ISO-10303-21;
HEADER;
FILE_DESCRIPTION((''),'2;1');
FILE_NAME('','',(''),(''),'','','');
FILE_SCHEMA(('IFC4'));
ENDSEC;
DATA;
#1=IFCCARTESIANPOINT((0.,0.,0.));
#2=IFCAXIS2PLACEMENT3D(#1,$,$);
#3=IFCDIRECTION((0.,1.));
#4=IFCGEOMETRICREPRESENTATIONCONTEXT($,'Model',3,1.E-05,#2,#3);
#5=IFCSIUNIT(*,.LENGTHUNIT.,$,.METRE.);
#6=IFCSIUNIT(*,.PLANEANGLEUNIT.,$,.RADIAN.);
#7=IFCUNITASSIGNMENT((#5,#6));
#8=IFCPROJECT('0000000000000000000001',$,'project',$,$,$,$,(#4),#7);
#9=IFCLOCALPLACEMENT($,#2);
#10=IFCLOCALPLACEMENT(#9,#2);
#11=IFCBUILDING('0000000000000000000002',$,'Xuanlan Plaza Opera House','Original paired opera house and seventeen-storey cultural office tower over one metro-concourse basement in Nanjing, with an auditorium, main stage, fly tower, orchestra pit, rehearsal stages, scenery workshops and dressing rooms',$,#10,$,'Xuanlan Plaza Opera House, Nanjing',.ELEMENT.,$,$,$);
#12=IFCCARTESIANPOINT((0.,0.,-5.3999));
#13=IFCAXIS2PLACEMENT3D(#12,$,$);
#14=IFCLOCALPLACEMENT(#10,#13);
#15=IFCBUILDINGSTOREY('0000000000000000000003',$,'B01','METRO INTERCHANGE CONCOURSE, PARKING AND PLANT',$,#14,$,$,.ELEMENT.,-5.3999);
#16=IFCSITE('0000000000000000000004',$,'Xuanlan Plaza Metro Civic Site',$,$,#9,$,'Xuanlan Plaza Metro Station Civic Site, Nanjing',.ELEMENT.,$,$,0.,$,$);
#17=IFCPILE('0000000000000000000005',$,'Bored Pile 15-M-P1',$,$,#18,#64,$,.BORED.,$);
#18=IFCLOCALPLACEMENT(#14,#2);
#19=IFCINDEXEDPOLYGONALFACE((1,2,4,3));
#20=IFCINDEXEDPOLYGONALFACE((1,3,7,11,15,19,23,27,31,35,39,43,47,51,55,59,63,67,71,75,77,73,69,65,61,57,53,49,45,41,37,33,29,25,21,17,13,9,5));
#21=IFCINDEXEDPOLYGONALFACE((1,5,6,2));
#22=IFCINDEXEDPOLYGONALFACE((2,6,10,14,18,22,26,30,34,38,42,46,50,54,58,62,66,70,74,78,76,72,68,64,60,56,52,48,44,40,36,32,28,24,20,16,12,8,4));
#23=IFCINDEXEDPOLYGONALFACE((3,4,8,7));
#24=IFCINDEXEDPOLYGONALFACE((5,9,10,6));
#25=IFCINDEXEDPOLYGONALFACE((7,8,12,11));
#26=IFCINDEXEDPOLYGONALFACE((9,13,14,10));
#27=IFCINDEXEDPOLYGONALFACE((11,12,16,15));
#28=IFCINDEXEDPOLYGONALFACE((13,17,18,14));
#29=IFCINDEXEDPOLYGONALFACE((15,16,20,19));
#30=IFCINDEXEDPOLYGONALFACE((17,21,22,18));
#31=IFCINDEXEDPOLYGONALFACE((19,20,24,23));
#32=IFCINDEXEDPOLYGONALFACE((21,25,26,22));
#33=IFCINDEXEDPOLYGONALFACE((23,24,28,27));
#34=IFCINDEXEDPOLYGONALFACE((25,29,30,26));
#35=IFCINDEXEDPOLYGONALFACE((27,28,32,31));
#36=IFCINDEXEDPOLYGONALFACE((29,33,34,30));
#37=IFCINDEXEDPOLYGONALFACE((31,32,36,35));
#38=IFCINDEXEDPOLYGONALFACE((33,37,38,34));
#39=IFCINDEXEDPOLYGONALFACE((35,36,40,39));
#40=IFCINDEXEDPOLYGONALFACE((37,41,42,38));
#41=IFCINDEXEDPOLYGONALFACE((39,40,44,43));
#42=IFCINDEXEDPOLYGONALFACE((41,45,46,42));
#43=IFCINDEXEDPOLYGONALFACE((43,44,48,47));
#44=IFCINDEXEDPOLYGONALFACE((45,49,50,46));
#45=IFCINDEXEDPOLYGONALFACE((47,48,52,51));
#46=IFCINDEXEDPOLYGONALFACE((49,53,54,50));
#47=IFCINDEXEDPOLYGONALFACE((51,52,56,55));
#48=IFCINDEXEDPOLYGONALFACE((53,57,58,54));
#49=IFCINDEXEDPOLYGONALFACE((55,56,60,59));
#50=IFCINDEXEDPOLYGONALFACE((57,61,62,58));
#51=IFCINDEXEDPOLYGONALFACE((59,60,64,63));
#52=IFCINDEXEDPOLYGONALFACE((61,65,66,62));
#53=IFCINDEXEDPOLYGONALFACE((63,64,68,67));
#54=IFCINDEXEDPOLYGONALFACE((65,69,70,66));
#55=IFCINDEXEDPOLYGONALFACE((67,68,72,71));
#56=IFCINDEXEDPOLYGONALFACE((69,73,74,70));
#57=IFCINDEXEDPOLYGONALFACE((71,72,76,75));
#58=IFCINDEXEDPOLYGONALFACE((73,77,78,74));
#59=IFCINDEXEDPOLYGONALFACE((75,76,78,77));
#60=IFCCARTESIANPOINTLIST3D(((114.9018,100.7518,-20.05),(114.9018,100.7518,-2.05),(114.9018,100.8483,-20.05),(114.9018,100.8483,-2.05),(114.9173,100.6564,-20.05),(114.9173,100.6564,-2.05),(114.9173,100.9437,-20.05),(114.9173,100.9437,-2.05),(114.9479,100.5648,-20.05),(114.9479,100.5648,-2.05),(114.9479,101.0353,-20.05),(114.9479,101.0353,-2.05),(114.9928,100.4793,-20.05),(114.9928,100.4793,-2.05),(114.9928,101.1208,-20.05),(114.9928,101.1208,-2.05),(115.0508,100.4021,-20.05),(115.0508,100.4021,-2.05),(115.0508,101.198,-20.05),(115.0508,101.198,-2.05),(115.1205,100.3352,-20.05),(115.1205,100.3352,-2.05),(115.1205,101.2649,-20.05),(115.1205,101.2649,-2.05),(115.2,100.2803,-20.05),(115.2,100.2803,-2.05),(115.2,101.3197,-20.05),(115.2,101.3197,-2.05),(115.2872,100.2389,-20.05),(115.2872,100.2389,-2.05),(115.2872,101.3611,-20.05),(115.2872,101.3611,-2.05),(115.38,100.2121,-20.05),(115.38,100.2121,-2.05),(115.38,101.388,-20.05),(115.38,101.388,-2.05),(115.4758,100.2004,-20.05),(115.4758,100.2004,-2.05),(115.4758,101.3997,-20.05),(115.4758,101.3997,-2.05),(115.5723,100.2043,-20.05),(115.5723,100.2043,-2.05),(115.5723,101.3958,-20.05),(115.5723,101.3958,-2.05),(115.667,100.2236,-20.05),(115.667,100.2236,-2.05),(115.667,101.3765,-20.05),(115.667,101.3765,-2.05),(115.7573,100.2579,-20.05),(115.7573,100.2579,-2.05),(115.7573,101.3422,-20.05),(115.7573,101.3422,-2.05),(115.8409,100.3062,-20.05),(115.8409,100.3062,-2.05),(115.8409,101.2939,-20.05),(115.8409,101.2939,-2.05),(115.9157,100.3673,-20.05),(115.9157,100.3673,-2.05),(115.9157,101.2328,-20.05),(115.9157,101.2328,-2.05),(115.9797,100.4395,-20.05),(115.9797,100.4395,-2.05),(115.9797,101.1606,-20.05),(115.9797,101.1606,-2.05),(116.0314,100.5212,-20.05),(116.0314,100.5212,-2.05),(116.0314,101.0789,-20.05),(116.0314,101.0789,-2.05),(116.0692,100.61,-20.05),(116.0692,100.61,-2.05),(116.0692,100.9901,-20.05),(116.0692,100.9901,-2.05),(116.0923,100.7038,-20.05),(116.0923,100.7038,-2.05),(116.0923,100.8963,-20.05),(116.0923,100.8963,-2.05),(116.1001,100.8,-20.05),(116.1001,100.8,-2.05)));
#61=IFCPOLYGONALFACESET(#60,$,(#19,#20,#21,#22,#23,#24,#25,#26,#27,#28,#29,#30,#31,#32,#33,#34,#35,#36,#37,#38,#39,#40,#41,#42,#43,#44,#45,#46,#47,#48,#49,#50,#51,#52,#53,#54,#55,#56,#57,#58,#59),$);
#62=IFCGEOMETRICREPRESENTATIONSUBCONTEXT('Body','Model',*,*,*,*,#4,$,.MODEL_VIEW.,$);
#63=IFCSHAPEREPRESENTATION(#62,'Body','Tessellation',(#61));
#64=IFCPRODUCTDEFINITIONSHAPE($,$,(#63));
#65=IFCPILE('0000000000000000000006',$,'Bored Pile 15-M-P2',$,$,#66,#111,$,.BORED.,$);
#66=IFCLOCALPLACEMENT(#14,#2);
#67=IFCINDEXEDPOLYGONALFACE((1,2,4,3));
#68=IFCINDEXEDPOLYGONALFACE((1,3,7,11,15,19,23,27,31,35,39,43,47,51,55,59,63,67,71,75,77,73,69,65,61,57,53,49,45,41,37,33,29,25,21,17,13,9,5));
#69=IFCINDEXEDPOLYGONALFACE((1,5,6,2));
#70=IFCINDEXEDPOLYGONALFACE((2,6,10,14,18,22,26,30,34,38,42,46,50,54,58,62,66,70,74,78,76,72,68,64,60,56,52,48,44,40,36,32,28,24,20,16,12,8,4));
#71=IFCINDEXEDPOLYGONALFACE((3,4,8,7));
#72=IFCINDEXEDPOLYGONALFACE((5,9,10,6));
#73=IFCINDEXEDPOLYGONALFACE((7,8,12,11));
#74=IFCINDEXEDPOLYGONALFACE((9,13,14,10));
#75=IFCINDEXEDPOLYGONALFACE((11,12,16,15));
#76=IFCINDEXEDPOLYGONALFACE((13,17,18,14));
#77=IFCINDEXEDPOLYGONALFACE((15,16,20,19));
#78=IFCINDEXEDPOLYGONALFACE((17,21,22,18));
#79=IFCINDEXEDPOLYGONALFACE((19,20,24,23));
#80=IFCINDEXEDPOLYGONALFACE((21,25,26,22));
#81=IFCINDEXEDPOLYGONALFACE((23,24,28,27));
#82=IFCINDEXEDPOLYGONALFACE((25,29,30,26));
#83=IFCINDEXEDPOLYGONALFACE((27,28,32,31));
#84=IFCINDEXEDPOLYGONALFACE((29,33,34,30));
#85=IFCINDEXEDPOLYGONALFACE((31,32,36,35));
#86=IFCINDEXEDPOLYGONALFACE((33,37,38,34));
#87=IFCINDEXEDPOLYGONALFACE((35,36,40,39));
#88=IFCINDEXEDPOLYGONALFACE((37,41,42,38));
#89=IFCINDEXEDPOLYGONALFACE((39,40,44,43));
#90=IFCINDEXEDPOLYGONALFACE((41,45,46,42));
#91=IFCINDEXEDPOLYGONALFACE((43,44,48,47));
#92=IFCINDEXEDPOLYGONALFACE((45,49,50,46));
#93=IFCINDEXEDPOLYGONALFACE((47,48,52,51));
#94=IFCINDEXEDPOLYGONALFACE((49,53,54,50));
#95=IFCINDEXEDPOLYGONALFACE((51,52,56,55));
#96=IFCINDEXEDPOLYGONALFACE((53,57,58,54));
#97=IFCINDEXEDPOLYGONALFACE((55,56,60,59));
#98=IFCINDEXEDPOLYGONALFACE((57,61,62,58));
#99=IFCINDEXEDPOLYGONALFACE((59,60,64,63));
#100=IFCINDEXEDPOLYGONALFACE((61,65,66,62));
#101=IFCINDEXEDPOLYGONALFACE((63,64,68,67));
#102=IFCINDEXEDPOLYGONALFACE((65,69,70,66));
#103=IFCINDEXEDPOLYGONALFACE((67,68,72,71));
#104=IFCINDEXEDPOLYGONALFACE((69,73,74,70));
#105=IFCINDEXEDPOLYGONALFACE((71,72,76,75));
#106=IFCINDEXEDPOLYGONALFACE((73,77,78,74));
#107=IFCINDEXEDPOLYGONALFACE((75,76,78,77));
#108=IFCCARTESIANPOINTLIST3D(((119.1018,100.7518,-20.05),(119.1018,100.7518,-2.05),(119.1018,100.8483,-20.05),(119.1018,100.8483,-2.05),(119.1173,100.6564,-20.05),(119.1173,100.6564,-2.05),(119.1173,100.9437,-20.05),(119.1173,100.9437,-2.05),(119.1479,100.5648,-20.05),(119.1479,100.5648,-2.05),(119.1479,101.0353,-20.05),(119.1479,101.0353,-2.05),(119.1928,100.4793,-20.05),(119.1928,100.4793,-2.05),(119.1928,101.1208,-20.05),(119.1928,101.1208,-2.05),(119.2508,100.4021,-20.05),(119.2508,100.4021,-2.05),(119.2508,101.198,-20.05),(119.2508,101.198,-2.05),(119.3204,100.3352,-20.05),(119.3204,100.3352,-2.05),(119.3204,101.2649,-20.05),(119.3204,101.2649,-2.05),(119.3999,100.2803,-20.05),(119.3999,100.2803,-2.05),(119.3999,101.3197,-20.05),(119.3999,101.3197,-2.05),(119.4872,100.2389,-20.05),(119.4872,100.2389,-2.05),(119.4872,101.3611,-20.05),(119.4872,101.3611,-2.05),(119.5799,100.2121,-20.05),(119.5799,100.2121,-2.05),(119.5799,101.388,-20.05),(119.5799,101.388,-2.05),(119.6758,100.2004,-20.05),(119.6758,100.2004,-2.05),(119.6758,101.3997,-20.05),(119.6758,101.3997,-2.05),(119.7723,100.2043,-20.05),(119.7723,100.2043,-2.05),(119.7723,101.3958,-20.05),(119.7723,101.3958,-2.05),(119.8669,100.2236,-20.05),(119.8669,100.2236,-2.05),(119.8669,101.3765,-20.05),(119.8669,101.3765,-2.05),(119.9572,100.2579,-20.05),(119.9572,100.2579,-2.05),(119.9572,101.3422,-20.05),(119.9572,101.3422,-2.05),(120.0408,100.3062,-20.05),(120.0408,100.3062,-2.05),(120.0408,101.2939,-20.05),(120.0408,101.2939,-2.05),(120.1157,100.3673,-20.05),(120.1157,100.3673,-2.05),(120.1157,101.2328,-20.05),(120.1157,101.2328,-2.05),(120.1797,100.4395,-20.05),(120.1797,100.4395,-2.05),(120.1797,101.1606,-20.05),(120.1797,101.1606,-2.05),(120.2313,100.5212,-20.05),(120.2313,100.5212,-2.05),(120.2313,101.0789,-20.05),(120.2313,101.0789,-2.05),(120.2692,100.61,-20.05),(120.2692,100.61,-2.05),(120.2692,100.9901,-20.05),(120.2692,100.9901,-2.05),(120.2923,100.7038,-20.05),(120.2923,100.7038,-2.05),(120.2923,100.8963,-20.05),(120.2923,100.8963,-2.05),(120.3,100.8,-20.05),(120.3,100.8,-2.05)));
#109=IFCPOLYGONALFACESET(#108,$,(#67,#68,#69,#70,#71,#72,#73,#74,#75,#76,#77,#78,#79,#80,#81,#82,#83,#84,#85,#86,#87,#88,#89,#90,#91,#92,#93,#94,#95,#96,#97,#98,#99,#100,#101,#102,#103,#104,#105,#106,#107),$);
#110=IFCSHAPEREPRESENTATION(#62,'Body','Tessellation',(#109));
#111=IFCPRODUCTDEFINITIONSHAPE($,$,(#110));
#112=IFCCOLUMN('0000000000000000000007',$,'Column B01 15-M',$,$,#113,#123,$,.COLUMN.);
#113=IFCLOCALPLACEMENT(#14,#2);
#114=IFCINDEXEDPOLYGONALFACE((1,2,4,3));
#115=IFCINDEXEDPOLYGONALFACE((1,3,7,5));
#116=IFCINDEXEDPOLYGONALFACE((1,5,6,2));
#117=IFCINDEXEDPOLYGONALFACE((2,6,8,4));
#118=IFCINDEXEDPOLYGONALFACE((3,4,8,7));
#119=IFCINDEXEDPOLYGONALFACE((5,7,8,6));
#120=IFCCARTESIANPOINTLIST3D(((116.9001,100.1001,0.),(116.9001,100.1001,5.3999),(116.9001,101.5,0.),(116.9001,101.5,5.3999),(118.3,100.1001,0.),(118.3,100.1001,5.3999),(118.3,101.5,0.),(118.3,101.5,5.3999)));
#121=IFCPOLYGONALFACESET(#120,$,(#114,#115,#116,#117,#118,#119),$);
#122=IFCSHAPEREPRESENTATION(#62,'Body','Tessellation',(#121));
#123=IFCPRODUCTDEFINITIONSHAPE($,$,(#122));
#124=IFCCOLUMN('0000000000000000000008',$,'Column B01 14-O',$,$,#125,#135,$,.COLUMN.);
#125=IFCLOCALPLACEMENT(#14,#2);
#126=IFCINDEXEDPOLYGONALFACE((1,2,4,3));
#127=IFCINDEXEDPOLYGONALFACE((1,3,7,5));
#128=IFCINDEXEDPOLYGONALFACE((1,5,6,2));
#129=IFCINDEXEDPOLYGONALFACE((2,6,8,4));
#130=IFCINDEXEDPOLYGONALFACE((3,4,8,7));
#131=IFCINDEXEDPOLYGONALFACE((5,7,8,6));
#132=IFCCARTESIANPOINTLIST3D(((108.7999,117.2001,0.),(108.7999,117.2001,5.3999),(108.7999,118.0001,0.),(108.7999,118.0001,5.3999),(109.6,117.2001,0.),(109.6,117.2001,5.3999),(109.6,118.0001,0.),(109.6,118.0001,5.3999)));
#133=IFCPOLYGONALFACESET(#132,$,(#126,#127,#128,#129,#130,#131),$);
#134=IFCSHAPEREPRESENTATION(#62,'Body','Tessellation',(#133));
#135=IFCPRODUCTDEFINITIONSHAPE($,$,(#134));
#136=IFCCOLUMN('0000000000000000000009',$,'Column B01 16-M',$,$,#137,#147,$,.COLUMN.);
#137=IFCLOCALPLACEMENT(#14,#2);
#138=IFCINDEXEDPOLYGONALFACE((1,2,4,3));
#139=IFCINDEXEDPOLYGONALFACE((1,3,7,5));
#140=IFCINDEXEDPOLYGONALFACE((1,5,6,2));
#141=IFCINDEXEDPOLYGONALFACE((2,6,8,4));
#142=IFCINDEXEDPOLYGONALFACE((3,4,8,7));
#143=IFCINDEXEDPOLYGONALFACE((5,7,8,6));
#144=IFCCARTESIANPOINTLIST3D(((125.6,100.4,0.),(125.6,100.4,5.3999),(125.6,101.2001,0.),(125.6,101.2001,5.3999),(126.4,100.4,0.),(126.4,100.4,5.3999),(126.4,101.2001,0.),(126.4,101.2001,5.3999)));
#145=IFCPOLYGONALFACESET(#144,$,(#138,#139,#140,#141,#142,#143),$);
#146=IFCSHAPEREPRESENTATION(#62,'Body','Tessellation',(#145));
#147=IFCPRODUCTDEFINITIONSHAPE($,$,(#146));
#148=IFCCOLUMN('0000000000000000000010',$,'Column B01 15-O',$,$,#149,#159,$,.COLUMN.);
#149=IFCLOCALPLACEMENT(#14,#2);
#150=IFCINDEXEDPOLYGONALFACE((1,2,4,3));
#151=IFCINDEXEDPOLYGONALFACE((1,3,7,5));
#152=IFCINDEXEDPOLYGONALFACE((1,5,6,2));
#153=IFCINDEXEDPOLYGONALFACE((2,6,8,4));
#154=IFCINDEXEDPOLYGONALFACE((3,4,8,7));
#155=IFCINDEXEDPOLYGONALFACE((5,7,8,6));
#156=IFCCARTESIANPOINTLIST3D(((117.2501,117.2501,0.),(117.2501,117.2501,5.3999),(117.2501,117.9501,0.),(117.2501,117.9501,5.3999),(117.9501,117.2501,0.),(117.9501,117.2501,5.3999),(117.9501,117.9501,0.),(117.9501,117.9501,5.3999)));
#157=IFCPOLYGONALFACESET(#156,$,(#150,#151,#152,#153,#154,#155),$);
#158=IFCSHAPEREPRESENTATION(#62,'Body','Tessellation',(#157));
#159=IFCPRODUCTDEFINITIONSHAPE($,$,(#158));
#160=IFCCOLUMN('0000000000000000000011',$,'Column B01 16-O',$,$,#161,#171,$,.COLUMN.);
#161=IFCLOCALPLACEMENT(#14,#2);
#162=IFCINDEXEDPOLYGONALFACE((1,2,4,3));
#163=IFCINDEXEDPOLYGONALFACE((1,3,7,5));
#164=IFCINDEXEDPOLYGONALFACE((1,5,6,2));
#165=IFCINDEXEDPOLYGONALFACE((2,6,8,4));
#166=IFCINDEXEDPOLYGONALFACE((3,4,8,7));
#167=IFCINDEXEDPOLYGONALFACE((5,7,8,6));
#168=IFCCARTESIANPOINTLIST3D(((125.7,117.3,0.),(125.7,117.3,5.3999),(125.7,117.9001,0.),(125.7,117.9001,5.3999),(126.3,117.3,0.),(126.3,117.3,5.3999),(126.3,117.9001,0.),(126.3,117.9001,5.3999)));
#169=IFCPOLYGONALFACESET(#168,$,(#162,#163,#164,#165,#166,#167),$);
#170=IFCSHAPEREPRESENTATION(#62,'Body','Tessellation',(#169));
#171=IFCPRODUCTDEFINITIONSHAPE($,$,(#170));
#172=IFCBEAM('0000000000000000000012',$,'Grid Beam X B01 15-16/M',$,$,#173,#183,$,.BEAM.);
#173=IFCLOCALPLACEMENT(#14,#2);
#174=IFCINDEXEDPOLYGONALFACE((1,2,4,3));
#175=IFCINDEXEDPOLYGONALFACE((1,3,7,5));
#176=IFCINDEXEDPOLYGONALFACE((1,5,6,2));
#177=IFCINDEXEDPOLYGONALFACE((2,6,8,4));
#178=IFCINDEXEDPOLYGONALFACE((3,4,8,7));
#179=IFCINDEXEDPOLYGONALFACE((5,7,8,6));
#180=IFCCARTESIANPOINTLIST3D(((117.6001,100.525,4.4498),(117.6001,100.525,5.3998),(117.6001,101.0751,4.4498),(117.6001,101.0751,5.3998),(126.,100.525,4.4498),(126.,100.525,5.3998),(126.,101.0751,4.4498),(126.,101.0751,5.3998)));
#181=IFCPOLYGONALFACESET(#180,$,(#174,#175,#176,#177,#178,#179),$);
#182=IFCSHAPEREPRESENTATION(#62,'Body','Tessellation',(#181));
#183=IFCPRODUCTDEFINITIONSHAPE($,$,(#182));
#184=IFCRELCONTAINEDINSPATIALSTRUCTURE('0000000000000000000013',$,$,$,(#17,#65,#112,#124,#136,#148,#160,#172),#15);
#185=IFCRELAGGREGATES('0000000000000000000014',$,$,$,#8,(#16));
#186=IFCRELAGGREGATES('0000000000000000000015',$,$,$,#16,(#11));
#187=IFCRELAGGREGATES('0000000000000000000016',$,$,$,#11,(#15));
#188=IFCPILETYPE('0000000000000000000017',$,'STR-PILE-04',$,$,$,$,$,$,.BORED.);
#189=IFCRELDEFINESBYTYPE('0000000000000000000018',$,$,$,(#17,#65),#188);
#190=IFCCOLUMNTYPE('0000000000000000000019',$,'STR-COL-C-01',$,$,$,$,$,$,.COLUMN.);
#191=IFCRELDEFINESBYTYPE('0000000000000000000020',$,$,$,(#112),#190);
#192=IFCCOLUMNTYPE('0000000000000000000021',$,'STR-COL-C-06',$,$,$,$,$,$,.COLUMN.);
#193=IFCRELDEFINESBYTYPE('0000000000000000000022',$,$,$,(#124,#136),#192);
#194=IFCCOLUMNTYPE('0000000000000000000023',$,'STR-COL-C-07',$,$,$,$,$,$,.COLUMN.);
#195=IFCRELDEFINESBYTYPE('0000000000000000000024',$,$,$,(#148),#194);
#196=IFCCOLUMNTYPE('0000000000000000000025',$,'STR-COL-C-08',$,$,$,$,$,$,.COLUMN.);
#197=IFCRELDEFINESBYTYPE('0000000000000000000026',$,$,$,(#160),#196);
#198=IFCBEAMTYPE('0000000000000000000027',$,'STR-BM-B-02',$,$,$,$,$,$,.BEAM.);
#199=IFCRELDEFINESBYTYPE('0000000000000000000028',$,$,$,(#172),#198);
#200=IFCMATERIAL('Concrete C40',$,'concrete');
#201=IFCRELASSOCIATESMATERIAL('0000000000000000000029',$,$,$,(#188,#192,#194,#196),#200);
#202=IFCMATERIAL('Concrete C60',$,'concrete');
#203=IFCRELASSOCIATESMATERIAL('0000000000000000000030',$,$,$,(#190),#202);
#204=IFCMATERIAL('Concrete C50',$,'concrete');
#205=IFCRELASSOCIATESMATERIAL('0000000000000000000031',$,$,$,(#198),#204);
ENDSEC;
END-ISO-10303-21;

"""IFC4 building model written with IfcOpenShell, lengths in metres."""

from ifc_helpers import new_model, si_unit, direction, frame, origin, origin_2d, place, context, subcontext, project, spatial, rectangle, circle, extrude, material, material_profile, profile_set, type_object, element, save


model = new_model("IFC4")

# Units and contexts
model_context = context("Model", 3, precision=1e-05, world=origin(), true_north=direction((0.0, 1.0)))
body_context = subcontext(model_context, "Body", "Model", "MODEL_VIEW")
ifc_project = project(units=[si_unit("LENGTHUNIT", "METRE"), si_unit("PLANEANGLEUNIT", "RADIAN")], contexts=[model_context])

# Site, building, storey
site_placement = place(None, origin())
site = spatial("IfcSite", under=ifc_project, at=site_placement, Name="Xuanlan Plaza Metro Civic Site", LongName="Xuanlan Plaza Metro Station Civic Site, Nanjing", CompositionType="ELEMENT", RefElevation=0.0)
building_placement = place(site_placement, origin())
building = spatial("IfcBuilding", under=site, at=building_placement, Name="Xuanlan Plaza Opera House", Description="Original paired opera house and seventeen-storey cultural office tower over one metro-concourse basement in Nanjing, with an auditorium, main stage, fly tower, orchestra pit, rehearsal stages, scenery workshops and dressing rooms", LongName="Xuanlan Plaza Opera House, Nanjing", CompositionType="ELEMENT")
storey_placement = place(building_placement, frame((0.0, 0.0, -5.3999)))
storey = spatial("IfcBuildingStorey", under=building, at=storey_placement, Name="B01", Description="METRO INTERCHANGE CONCOURSE, PARKING AND PLANT", CompositionType="ELEMENT", Elevation=-5.3999)

# Shared definitions
ifc_material_1 = material(Name="Concrete C40", Category="concrete")
ifc_material_2 = material(Name="Concrete C50", Category="concrete")

# Piles
ifc_material_profile_1 = material_profile(ifc_material_1, circle(Radius=0.6001, at=origin_2d()), Name="PILE D1200")
ifc_profile_set_1 = profile_set([ifc_material_profile_1], Name="Concrete C40")
pile_type_1 = type_object("IfcPileType", Name="STR-PILE-04", PredefinedType="BORED", material=ifc_profile_set_1)
for number, where, z_axis, x_axis, name in (
    (1, (115.5, 100.8, -2.05), (0.0, 0.0, -1.0), (1.0, 0.0, 0.0), "Bored Pile 15-M-P1"),
    (2, (119.7, 100.8, -2.05), (0.0, 0.0, -1.0), (1.0, 0.0, 0.0), "Bored Pile 15-M-P2"),
):
    element("IfcPile", number, at=place(storey_placement, frame(where, z_axis=z_axis, x_axis=x_axis)), inside=storey, type_object=pile_type_1, Name=name, PredefinedType="BORED", context=body_context, shape_type="SweptSolid", body=[
        extrude(circle(Radius=0.6001, at=origin_2d()), origin(), (0.0, 0.0, 1.0), 18.0),
    ])

# Columns
ifc_material_3 = material(Name="Concrete C60", Category="concrete")
ifc_material_profile_2 = material_profile(ifc_material_3, rectangle(XDim=1.3999, YDim=1.3999, at=origin_2d()), Name="RC-COL 1400x1400")
ifc_profile_set_2 = profile_set([ifc_material_profile_2], Name="Concrete C60")
column_type_1 = type_object("IfcColumnType", Name="STR-COL-C-01", PredefinedType="COLUMN", material=ifc_profile_set_2)
column_1_placement = place(storey_placement, frame((117.6001, 100.8, 0.0), z_axis=(0.0, 0.0, 1.0), x_axis=(1.0, 0.0, 0.0)))
element("IfcColumn", 3, at=column_1_placement, inside=storey, type_object=column_type_1, Name="Column B01 15-M", PredefinedType="COLUMN", context=body_context, shape_type="SweptSolid", body=[
    extrude(rectangle(XDim=1.3999, YDim=1.3999, at=origin_2d()), origin(), (0.0, 0.0, 1.0), 5.3999),
])
ifc_material_profile_3 = material_profile(ifc_material_1, rectangle(XDim=0.8, YDim=0.8, at=origin_2d()), Name="RC-COL 800x800")
ifc_profile_set_3 = profile_set([ifc_material_profile_3], Name="Concrete C40")
column_type_2 = type_object("IfcColumnType", Name="STR-COL-C-06", PredefinedType="COLUMN", material=ifc_profile_set_3)
for number, where, z_axis, x_axis, name in (
    (4, (109.2, 117.6001, 0.0), (0.0, 0.0, 1.0), (1.0, 0.0, 0.0), "Column B01 14-O"),
    (5, (126.0, 100.8, 0.0), (0.0, 0.0, 1.0), (1.0, 0.0, 0.0), "Column B01 16-M"),
):
    element("IfcColumn", number, at=place(storey_placement, frame(where, z_axis=z_axis, x_axis=x_axis)), inside=storey, type_object=column_type_2, Name=name, PredefinedType="COLUMN", context=body_context, shape_type="SweptSolid", body=[
        extrude(rectangle(XDim=0.8, YDim=0.8, at=origin_2d()), origin(), (0.0, 0.0, 1.0), 5.3999),
    ])
ifc_material_profile_4 = material_profile(ifc_material_1, rectangle(XDim=0.7, YDim=0.7, at=origin_2d()), Name="RC-COL 700x700")
ifc_profile_set_4 = profile_set([ifc_material_profile_4], Name="Concrete C40")
column_type_3 = type_object("IfcColumnType", Name="STR-COL-C-07", PredefinedType="COLUMN", material=ifc_profile_set_4)
column_2_placement = place(storey_placement, frame((117.6001, 117.6001, 0.0), z_axis=(0.0, 0.0, 1.0), x_axis=(1.0, 0.0, 0.0)))
element("IfcColumn", 6, at=column_2_placement, inside=storey, type_object=column_type_3, Name="Column B01 15-O", PredefinedType="COLUMN", context=body_context, shape_type="SweptSolid", body=[
    extrude(rectangle(XDim=0.7, YDim=0.7, at=origin_2d()), origin(), (0.0, 0.0, 1.0), 5.3999),
])
ifc_material_profile_5 = material_profile(ifc_material_1, rectangle(XDim=0.6001, YDim=0.6001, at=origin_2d()), Name="RC-COL 600x600")
ifc_profile_set_5 = profile_set([ifc_material_profile_5], Name="Concrete C40")
column_type_4 = type_object("IfcColumnType", Name="STR-COL-C-08", PredefinedType="COLUMN", material=ifc_profile_set_5)
column_3_placement = place(storey_placement, frame((126.0, 117.6001, 0.0), z_axis=(0.0, 0.0, 1.0), x_axis=(1.0, 0.0, 0.0)))
element("IfcColumn", 7, at=column_3_placement, inside=storey, type_object=column_type_4, Name="Column B01 16-O", PredefinedType="COLUMN", context=body_context, shape_type="SweptSolid", body=[
    extrude(rectangle(XDim=0.6001, YDim=0.6001, at=origin_2d()), origin(), (0.0, 0.0, 1.0), 5.3999),
])

# Beam
ifc_material_profile_6 = material_profile(ifc_material_2, rectangle(XDim=0.55, YDim=0.95, at=origin_2d()), Name="RC-BM 550x950")
ifc_profile_set_6 = profile_set([ifc_material_profile_6], Name="Concrete C50")
beam_type_1 = type_object("IfcBeamType", Name="STR-BM-B-02", PredefinedType="BEAM", material=ifc_profile_set_6)
beam_1_placement = place(storey_placement, frame((117.6001, 100.8, 4.9248), z_axis=(1.0, 0.0, 0.0), x_axis=(0.0, 1.0, 0.0)))
element("IfcBeam", 8, at=beam_1_placement, inside=storey, type_object=beam_type_1, Name="Grid Beam X B01 15-16/M", PredefinedType="BEAM", context=body_context, shape_type="SweptSolid", body=[
    extrude(rectangle(XDim=0.55, YDim=0.95, at=origin_2d()), origin(), (0.0, 0.0, 1.0), 8.3999),
])

save(model, "model.ifc")
